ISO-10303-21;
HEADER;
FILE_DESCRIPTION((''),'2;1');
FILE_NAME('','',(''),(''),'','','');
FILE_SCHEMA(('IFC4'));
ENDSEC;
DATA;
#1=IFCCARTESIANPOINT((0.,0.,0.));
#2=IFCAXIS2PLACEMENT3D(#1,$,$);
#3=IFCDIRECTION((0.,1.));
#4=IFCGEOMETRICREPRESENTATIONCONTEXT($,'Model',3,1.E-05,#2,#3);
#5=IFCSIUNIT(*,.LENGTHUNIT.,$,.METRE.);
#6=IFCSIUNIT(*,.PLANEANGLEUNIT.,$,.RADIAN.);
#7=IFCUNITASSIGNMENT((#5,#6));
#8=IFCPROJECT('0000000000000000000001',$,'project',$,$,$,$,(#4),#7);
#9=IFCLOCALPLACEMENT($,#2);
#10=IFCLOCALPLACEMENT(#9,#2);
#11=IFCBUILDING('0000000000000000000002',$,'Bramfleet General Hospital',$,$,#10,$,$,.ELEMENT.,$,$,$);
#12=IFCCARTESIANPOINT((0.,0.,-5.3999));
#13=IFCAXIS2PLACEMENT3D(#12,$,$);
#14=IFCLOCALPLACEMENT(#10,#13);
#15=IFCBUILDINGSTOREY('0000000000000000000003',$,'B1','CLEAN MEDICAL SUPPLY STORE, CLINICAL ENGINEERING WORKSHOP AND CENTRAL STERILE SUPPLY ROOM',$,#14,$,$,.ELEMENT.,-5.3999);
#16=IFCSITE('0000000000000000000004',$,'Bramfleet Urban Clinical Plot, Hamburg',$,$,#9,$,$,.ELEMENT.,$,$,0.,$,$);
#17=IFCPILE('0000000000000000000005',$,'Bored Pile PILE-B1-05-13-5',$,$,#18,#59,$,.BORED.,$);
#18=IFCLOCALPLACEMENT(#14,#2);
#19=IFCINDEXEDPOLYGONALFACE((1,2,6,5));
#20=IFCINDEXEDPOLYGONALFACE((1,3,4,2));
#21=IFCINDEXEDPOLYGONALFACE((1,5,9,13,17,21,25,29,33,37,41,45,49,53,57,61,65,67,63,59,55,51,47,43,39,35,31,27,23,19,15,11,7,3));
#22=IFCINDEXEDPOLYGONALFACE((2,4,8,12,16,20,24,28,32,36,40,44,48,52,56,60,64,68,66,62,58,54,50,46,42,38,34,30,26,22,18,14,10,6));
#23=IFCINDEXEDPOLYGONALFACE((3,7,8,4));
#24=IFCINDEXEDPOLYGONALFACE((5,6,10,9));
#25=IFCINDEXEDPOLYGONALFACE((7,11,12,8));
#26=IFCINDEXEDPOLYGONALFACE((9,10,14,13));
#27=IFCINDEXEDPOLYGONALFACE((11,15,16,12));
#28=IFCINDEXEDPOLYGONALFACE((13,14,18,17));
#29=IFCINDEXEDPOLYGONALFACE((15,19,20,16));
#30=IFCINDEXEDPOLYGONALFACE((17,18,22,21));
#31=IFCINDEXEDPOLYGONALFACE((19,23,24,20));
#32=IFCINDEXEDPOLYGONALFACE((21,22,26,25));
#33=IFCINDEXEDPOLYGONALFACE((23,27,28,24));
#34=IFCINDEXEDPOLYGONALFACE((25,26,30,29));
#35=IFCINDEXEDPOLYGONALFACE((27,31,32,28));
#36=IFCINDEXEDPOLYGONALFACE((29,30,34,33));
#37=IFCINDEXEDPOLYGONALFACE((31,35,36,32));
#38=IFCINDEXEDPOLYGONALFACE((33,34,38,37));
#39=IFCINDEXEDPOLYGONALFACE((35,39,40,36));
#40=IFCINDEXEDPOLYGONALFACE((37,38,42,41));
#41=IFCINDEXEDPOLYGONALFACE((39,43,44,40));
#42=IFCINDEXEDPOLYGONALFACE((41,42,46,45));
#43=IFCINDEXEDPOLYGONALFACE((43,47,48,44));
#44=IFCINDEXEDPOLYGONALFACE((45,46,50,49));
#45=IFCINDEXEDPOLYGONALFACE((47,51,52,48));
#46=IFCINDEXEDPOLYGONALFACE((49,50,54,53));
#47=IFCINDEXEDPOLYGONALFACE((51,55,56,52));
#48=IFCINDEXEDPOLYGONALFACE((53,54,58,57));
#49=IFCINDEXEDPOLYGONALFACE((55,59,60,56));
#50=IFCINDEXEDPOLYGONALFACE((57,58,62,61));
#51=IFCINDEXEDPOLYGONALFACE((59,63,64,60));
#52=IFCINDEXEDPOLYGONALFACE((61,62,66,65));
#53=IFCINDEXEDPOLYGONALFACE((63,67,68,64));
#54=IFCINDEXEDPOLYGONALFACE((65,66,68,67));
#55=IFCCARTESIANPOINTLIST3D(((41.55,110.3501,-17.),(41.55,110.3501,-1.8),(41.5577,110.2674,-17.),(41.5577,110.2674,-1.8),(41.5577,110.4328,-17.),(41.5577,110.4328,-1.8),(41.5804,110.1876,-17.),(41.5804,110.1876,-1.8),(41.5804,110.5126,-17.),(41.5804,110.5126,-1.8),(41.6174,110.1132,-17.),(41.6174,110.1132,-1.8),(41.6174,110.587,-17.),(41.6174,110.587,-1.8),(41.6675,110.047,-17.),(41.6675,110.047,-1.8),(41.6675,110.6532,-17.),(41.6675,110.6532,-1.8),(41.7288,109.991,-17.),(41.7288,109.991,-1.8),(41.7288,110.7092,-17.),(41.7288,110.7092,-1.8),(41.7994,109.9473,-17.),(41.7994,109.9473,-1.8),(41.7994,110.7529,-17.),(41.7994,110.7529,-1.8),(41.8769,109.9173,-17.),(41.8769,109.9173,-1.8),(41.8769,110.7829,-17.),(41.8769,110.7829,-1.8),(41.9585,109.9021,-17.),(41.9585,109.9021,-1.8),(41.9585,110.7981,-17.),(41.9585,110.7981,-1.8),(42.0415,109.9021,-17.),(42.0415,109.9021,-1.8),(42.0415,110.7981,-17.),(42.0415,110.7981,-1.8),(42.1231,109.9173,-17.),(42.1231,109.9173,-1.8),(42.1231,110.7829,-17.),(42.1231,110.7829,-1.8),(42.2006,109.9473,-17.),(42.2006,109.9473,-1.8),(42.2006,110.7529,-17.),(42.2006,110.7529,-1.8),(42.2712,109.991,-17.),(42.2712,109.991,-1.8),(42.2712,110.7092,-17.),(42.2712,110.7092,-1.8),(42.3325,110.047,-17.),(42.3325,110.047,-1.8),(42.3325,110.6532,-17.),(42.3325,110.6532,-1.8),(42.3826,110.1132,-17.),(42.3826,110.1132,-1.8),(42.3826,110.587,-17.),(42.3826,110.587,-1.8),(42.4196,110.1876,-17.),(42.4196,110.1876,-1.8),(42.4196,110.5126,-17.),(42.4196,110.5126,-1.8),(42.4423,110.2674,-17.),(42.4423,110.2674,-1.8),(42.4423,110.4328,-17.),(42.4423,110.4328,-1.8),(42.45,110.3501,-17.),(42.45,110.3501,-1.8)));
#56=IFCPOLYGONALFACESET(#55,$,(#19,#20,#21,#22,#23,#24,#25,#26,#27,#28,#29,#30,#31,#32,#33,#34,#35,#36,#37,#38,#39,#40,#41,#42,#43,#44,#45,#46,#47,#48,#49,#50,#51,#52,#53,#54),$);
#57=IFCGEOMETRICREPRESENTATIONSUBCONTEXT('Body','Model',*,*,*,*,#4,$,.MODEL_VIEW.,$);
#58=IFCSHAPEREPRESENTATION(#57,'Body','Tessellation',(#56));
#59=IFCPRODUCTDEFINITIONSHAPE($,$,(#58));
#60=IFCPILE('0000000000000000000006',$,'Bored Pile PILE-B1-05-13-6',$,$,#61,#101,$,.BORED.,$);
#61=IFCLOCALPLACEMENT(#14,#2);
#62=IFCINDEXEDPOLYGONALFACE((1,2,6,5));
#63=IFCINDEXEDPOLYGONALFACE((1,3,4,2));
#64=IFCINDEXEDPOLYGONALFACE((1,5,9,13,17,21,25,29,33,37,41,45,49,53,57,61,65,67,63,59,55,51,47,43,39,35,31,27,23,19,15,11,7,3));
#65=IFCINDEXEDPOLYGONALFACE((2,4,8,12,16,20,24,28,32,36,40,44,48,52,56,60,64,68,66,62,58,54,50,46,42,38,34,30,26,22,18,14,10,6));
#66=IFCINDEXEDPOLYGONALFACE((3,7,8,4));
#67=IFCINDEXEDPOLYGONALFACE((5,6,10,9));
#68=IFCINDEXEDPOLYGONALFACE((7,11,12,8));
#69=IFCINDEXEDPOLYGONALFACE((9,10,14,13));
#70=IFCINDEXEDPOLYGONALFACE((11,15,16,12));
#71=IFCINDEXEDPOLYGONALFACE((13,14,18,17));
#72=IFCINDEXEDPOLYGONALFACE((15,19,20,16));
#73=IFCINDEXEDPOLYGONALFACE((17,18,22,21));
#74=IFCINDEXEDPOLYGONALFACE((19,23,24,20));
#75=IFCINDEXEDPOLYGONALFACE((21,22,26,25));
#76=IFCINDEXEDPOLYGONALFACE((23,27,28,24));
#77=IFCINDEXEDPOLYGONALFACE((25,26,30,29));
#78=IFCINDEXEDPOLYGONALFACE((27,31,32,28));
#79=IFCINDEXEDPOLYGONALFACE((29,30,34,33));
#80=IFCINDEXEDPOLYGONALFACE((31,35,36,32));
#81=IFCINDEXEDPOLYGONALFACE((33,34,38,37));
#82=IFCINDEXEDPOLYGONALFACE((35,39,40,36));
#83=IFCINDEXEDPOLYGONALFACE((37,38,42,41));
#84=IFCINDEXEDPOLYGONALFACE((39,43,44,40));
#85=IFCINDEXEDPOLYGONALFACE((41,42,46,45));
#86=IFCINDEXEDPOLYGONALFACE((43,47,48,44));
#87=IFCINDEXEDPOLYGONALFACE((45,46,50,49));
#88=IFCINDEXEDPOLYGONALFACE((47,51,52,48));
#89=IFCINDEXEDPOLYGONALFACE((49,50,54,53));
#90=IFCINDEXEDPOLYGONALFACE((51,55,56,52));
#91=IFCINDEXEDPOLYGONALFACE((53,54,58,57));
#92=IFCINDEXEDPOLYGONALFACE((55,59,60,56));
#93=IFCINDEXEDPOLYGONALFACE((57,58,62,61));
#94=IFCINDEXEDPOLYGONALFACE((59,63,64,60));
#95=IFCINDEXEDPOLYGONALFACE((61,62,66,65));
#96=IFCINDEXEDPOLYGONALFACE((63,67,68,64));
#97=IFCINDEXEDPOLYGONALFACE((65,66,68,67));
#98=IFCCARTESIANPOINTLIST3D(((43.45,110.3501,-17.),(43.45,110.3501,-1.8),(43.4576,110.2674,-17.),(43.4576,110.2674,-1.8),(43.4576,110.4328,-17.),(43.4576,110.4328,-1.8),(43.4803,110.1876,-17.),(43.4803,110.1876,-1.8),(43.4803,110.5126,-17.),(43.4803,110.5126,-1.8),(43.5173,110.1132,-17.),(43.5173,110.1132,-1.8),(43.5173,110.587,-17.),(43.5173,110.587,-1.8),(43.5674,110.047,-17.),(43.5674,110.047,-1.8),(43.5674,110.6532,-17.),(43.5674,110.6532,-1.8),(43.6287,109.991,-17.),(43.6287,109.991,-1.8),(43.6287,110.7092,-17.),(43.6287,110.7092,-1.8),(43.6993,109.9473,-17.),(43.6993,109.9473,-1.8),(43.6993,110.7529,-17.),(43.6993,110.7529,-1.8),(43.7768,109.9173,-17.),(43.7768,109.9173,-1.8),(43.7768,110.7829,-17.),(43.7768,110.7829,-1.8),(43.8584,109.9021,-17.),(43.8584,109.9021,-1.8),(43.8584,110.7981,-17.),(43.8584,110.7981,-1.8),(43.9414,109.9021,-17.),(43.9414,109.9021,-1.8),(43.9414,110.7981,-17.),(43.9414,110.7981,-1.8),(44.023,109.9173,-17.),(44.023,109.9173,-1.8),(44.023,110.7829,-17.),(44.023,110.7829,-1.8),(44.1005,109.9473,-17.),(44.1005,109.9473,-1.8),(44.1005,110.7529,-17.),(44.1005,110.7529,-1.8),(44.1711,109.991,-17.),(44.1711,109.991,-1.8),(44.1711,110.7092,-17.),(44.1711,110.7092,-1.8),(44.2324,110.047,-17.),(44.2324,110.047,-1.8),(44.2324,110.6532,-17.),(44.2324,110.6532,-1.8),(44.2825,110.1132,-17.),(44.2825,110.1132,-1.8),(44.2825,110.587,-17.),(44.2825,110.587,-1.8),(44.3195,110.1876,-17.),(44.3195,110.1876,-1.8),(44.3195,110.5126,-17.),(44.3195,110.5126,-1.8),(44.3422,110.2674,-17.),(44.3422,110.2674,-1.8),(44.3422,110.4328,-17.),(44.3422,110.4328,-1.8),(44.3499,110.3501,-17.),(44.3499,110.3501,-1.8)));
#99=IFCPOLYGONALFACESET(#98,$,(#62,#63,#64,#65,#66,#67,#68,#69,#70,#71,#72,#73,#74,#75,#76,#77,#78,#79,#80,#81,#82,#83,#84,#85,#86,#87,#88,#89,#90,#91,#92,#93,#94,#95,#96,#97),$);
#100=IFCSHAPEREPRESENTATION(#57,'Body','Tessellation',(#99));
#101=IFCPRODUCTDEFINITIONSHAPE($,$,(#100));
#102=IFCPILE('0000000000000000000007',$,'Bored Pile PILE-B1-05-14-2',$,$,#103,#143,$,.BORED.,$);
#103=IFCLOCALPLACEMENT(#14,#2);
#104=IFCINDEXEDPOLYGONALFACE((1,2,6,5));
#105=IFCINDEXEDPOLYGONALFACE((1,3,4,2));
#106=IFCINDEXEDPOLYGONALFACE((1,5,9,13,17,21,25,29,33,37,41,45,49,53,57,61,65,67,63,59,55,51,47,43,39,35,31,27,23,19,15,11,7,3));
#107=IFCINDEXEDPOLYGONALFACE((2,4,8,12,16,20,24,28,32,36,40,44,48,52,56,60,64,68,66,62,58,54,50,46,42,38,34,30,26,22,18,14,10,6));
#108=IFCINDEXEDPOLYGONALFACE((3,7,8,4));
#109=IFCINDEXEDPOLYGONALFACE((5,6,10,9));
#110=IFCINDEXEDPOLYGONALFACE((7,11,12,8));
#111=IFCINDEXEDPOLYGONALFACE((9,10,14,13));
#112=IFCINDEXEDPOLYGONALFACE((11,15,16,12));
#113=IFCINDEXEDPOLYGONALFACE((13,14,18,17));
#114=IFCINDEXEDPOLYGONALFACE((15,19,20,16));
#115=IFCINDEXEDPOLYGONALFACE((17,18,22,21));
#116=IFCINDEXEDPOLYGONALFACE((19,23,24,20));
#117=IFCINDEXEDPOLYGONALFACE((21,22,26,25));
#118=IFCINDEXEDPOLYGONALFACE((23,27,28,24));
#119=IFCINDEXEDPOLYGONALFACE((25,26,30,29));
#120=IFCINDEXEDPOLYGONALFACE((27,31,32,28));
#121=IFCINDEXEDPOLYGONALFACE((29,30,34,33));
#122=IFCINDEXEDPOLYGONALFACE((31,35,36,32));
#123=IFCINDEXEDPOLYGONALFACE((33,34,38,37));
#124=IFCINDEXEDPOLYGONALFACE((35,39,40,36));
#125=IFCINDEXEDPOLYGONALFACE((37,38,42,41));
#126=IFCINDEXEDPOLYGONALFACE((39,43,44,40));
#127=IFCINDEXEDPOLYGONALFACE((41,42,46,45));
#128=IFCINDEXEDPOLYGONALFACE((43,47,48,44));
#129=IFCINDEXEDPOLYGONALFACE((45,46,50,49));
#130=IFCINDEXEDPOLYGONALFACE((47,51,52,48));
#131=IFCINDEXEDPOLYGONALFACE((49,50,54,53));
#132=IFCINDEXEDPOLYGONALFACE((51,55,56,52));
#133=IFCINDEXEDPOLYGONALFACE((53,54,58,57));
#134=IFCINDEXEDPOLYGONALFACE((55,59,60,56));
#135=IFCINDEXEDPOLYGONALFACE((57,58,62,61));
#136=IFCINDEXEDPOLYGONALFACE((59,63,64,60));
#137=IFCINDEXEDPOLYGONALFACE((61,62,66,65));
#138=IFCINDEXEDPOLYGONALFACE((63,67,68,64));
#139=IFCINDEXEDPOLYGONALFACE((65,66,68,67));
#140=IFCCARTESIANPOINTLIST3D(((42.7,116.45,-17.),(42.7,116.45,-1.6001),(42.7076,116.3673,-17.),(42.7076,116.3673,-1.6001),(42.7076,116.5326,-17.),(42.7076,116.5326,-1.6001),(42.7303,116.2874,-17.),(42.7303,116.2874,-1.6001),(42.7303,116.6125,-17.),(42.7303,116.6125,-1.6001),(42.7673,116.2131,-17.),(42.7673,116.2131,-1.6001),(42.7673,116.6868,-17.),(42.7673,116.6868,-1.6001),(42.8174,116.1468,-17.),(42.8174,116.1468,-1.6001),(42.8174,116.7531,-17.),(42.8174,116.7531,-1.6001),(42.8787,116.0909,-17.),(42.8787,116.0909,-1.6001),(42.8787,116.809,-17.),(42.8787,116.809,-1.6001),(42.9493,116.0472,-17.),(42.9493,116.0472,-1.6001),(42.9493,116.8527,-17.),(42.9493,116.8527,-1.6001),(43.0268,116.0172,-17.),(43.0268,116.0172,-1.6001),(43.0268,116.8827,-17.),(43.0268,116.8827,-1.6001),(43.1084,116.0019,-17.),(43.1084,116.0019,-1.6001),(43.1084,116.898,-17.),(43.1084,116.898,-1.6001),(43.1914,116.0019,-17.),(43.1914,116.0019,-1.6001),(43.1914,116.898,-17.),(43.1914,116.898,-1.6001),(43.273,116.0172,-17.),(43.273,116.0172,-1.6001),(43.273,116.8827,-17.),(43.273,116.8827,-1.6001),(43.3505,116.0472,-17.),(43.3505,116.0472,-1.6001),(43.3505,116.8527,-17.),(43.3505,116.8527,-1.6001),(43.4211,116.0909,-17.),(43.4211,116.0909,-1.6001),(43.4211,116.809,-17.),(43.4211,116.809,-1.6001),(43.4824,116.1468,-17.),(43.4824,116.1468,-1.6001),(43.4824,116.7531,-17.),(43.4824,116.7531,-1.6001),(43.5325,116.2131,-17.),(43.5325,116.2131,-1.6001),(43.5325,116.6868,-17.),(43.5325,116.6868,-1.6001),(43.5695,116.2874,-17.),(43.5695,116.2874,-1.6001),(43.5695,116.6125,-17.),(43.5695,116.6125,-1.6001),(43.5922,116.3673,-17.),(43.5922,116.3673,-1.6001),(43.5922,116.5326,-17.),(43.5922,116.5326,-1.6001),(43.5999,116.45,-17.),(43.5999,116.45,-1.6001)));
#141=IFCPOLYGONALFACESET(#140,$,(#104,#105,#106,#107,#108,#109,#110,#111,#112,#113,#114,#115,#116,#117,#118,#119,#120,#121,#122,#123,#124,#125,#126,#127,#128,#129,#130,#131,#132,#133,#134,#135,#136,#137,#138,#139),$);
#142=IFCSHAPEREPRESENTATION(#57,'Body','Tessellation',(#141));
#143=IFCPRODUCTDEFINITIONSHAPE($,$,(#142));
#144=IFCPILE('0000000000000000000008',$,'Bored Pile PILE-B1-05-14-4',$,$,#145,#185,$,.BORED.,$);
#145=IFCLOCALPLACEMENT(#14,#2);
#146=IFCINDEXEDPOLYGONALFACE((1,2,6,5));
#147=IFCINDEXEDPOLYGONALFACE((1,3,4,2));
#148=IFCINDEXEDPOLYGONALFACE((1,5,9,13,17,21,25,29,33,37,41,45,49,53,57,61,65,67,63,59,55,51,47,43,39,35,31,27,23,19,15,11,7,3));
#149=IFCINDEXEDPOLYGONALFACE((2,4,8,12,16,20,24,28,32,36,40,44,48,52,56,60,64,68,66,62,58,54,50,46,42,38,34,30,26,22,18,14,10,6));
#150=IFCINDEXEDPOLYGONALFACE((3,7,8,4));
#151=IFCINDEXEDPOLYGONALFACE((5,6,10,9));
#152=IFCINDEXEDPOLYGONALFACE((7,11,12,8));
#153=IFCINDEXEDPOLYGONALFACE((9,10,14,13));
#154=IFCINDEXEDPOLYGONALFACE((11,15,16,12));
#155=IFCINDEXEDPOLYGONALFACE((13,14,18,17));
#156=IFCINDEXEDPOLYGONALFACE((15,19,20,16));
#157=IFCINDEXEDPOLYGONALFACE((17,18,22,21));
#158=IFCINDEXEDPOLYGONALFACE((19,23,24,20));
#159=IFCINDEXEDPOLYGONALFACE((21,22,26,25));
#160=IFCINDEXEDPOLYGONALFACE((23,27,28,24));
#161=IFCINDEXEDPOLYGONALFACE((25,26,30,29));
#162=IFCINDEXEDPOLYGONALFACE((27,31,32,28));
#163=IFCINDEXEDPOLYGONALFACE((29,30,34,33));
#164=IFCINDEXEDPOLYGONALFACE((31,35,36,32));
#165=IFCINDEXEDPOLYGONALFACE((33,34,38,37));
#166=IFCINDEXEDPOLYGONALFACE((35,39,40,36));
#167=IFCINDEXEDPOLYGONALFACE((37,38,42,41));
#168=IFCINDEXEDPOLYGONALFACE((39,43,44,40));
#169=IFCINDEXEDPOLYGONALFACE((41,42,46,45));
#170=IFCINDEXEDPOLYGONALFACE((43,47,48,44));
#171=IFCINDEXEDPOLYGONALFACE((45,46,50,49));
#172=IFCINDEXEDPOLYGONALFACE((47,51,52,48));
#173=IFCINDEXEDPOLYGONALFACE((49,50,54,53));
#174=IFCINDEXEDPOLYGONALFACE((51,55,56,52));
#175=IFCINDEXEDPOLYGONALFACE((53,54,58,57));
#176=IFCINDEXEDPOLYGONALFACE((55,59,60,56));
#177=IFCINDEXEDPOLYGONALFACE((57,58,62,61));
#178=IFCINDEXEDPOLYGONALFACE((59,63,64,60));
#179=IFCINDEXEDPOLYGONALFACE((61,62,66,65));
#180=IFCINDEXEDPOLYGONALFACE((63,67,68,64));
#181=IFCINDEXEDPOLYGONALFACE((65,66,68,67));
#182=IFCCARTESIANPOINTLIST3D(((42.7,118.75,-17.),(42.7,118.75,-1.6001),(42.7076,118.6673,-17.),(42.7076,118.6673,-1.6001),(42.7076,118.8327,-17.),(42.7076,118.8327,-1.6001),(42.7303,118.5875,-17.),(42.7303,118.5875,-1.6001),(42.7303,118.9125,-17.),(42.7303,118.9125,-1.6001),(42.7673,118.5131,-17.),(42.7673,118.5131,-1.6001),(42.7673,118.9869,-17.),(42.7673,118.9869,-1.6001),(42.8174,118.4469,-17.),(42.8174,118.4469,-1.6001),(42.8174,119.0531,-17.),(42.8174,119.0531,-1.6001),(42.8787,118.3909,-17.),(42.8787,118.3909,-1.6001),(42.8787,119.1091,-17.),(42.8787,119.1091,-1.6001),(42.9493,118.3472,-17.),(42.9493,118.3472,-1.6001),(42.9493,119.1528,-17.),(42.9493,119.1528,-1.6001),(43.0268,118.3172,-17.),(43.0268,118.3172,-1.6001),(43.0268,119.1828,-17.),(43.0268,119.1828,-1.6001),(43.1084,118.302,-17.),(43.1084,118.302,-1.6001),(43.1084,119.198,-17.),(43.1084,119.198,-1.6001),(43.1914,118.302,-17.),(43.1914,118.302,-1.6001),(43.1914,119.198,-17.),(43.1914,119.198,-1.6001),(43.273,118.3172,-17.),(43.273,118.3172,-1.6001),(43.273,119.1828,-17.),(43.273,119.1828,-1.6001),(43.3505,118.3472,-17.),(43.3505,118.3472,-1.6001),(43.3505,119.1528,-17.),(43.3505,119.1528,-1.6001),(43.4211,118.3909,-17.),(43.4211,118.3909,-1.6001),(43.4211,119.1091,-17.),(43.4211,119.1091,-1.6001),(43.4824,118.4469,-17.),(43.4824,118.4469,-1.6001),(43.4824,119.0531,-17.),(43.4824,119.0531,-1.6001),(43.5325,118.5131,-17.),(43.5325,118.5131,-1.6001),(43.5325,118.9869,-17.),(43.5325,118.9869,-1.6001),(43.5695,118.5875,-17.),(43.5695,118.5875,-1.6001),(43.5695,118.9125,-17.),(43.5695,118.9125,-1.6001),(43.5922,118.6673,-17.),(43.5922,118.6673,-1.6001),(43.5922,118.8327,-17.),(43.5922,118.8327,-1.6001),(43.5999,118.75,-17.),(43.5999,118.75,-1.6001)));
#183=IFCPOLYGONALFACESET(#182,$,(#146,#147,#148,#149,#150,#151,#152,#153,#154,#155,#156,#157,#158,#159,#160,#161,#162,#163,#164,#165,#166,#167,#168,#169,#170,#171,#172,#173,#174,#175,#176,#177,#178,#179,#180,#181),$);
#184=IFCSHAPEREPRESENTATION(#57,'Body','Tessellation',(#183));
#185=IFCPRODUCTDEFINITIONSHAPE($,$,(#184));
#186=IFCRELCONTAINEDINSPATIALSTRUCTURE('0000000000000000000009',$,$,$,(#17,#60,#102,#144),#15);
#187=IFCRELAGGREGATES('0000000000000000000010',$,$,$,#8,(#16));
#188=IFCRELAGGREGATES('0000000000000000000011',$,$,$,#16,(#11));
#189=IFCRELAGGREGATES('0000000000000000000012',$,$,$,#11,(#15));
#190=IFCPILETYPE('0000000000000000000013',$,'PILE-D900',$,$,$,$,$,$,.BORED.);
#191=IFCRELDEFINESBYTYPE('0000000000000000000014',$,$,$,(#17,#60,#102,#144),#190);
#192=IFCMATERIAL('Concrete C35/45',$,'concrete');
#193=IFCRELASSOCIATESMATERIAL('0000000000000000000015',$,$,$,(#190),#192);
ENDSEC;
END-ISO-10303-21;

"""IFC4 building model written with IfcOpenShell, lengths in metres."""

from ifc_helpers import new_model, si_unit, direction, frame, origin, origin_2d, place, context, subcontext, project, spatial, circle, extrude, material, material_profile, profile_set, type_object, element, save


model = new_model("IFC4")

# Units and contexts
model_context = context("Model", 3, precision=1e-05, world=origin(), true_north=direction((0.0, 1.0)))
body_context = subcontext(model_context, "Body", "Model", "MODEL_VIEW")
ifc_project = project(units=[si_unit("LENGTHUNIT", "METRE"), si_unit("PLANEANGLEUNIT", "RADIAN")], contexts=[model_context])

# Site, building, storey
site_placement = place(None, origin())
site = spatial("IfcSite", under=ifc_project, at=site_placement, Name="Bramfleet Urban Clinical Plot, Hamburg", CompositionType="ELEMENT", RefElevation=0.0)
building_placement = place(site_placement, origin())
building = spatial("IfcBuilding", under=site, at=building_placement, Name="Bramfleet General Hospital", CompositionType="ELEMENT")
storey_placement = place(building_placement, frame((0.0, 0.0, -5.3999)))
storey = spatial("IfcBuildingStorey", under=building, at=storey_placement, Name="B1", Description="CLEAN MEDICAL SUPPLY STORE, CLINICAL ENGINEERING WORKSHOP AND CENTRAL STERILE SUPPLY ROOM", CompositionType="ELEMENT", Elevation=-5.3999)

# Shared definitions
ifc_material_1 = material(Name="Concrete C35/45", Category="concrete")

# Piles
ifc_material_profile_1 = material_profile(ifc_material_1, circle(Radius=0.45, at=origin_2d()), Name="PILE BORED D900")
ifc_profile_set_1 = profile_set([ifc_material_profile_1], Name="Concrete C35/45")
pile_type = type_object("IfcPileType", Name="PILE-D900", PredefinedType="BORED", material=ifc_profile_set_1)
for number, where, z_axis, x_axis, name in (
    (1, (42.0, 110.3501, -1.8), (0.0, 0.0, -1.0), (1.0, 0.0, 0.0), "Bored Pile PILE-B1-05-13-5"),
    (2, (43.8999, 110.3501, -1.8), (0.0, 0.0, -1.0), (1.0, 0.0, 0.0), "Bored Pile PILE-B1-05-13-6"),
):
    element("IfcPile", number, at=place(storey_placement, frame(where, z_axis=z_axis, x_axis=x_axis)), inside=storey, type_object=pile_type, Name=name, PredefinedType="BORED", context=body_context, shape_type="SweptSolid", body=[
        extrude(circle(Radius=0.45, at=origin_2d()), origin(), (0.0, 0.0, 1.0), 15.2),
    ])
for number, where, z_axis, x_axis, name in (
    (3, (43.1499, 116.45, -1.6001), (0.0, 0.0, -1.0), (1.0, 0.0, 0.0), "Bored Pile PILE-B1-05-14-2"),
    (4, (43.1499, 118.75, -1.6001), (0.0, 0.0, -1.0), (1.0, 0.0, 0.0), "Bored Pile PILE-B1-05-14-4"),
):
    element("IfcPile", number, at=place(storey_placement, frame(where, z_axis=z_axis, x_axis=x_axis)), inside=storey, type_object=pile_type, Name=name, PredefinedType="BORED", context=body_context, shape_type="SweptSolid", body=[
        extrude(circle(Radius=0.45, at=origin_2d()), origin(), (0.0, 0.0, 1.0), 15.3999),
    ])

save(model, "model.ifc")
